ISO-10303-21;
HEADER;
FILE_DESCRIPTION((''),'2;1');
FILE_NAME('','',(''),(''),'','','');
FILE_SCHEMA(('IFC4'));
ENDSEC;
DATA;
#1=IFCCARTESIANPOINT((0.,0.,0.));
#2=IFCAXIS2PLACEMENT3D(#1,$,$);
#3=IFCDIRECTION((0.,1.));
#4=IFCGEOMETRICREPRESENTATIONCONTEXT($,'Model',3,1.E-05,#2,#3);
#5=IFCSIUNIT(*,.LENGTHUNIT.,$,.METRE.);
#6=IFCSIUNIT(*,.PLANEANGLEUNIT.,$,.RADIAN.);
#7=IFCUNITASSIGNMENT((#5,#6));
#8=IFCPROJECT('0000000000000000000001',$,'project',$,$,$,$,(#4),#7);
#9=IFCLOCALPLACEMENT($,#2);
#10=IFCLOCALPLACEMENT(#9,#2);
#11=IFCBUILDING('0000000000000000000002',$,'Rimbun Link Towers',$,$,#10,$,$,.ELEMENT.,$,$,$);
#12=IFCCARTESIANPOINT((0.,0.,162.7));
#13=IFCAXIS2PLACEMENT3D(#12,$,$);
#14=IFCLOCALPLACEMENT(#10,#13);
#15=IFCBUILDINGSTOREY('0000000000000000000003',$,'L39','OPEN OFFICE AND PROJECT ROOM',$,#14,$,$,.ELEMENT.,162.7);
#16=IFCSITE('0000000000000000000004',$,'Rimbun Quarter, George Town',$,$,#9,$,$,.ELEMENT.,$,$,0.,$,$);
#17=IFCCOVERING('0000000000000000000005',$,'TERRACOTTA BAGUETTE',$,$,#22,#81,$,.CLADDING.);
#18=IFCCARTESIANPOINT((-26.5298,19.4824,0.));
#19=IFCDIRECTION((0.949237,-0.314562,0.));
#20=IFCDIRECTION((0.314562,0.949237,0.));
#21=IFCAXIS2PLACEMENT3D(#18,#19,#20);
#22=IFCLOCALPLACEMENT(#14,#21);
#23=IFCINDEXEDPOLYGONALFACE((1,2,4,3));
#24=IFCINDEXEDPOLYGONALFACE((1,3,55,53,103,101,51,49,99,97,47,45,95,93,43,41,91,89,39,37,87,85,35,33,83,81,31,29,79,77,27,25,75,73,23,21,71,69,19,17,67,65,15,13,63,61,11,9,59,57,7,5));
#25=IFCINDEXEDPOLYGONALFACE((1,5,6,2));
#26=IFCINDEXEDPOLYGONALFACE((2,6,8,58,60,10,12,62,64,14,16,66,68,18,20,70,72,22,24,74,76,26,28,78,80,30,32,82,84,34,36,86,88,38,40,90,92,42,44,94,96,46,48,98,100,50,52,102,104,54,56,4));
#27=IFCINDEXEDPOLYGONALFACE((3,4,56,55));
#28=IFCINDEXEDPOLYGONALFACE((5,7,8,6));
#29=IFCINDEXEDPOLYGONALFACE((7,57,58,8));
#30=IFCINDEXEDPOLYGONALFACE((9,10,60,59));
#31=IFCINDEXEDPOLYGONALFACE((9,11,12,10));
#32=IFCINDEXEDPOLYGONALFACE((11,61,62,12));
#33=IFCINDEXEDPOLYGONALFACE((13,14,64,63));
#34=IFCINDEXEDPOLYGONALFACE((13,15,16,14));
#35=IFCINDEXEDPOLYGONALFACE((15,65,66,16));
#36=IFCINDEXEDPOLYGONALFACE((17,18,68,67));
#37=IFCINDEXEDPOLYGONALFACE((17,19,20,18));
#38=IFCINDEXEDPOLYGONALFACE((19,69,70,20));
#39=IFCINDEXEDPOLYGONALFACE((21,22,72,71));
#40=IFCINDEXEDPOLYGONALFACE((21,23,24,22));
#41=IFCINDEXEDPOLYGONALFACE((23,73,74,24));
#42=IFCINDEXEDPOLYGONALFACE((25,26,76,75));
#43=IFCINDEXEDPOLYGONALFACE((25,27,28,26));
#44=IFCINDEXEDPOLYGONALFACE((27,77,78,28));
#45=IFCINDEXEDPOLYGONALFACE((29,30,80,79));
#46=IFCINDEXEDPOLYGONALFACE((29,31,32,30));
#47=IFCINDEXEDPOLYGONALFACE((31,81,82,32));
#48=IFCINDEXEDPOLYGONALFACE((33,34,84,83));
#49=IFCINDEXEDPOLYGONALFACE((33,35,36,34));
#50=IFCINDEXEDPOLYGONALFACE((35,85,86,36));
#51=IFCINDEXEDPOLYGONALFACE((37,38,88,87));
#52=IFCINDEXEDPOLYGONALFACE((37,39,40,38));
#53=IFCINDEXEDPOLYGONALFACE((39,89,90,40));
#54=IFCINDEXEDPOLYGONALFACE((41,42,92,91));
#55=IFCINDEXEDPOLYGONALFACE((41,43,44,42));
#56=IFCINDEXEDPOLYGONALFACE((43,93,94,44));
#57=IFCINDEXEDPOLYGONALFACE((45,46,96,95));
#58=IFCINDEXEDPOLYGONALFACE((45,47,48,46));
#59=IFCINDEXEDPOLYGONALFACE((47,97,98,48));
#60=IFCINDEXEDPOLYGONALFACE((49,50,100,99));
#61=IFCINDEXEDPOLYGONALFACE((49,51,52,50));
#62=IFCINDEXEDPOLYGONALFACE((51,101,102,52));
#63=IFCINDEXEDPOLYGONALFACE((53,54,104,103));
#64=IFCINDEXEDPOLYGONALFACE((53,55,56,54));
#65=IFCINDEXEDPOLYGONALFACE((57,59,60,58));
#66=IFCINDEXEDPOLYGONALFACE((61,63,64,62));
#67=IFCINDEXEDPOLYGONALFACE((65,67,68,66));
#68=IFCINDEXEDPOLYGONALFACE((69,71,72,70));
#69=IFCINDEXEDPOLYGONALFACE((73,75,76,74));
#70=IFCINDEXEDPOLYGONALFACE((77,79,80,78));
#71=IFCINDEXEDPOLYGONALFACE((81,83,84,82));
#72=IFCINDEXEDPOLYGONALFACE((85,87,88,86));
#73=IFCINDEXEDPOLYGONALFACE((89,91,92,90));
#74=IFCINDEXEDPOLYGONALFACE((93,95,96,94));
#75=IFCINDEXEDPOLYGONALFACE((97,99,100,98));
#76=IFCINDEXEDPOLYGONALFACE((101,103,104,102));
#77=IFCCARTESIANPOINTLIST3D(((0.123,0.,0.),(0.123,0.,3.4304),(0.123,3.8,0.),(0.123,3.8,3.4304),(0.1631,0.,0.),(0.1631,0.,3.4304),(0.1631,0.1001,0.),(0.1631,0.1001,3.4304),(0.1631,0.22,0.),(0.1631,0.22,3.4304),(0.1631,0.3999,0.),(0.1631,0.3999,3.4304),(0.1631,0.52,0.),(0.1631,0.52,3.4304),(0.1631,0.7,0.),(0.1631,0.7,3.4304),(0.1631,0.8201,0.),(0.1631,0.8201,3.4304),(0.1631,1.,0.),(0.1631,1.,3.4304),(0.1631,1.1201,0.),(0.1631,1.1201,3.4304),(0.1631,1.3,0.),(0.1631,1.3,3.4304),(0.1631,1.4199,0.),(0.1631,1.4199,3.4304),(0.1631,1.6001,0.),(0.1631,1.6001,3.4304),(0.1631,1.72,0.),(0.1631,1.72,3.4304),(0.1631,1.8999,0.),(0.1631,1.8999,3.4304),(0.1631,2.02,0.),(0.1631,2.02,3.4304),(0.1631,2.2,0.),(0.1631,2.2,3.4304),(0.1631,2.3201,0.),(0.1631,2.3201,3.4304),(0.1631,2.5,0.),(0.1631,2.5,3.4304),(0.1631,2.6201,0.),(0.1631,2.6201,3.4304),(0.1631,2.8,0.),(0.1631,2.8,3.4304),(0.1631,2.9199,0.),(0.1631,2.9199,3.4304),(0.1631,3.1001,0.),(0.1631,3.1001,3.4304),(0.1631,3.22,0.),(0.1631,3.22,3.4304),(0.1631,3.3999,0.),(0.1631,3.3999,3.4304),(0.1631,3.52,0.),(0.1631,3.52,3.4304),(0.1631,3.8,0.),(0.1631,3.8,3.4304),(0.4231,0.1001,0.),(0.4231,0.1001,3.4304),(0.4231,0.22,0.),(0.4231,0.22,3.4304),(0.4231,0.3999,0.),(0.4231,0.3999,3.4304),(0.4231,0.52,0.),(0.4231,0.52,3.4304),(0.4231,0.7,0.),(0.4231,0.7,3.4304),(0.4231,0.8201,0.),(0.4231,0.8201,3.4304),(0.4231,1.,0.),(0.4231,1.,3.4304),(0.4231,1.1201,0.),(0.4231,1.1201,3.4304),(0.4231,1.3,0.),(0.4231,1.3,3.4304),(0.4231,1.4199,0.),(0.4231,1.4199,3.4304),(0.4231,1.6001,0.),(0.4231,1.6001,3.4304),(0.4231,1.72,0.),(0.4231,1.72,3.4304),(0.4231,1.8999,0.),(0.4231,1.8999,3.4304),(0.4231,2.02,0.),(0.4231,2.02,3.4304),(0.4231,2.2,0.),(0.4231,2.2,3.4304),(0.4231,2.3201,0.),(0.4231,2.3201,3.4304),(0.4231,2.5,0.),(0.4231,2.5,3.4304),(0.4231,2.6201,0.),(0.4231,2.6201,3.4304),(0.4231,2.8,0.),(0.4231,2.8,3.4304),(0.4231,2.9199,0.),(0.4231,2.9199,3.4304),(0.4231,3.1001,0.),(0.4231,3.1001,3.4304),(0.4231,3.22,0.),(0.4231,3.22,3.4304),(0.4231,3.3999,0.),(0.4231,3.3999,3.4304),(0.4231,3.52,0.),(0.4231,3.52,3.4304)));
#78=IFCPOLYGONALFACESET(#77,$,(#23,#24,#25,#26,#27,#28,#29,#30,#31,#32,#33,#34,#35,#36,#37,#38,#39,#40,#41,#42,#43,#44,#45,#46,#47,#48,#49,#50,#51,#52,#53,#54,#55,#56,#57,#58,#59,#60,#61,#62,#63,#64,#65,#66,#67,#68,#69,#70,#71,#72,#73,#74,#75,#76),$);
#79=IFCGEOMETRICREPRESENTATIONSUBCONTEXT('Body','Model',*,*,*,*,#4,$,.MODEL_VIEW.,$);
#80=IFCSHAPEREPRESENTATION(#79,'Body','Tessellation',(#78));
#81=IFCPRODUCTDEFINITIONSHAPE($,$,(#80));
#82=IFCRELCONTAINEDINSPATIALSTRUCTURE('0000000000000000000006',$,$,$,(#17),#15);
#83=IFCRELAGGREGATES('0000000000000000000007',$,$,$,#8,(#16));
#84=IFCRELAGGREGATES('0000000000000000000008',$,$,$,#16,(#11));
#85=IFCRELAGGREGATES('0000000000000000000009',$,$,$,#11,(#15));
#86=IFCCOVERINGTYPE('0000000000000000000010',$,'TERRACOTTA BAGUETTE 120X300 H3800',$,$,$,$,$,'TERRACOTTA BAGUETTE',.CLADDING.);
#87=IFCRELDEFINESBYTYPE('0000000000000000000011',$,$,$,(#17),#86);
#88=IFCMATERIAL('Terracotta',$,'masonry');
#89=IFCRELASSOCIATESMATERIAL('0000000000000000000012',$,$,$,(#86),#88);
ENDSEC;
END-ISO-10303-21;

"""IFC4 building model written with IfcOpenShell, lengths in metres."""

from ifc_helpers import new_model, si_unit, direction, frame, origin, place, context, subcontext, project, spatial, polyline, outline, extrude, material, material_profile, profile_set, type_object, element, save


model = new_model("IFC4")

# Units and contexts
model_context = context("Model", 3, precision=1e-05, world=origin(), true_north=direction((0.0, 1.0)))
body_context = subcontext(model_context, "Body", "Model", "MODEL_VIEW")
ifc_project = project(units=[si_unit("LENGTHUNIT", "METRE"), si_unit("PLANEANGLEUNIT", "RADIAN")], contexts=[model_context])

# Site, building, storey
site_placement = place(None, origin())
site = spatial("IfcSite", under=ifc_project, at=site_placement, Name="Rimbun Quarter, George Town", CompositionType="ELEMENT", RefElevation=0.0)
building_placement = place(site_placement, origin())
building = spatial("IfcBuilding", under=site, at=building_placement, Name="Rimbun Link Towers", CompositionType="ELEMENT")
storey_placement = place(building_placement, frame((0.0, 0.0, 162.7)))
storey = spatial("IfcBuildingStorey", under=building, at=storey_placement, Name="L39", Description="OPEN OFFICE AND PROJECT ROOM", CompositionType="ELEMENT", Elevation=162.7)

# Covering
ifc_material_1 = material(Name="Terracotta", Category="masonry")
ifc_material_profile_1 = material_profile(ifc_material_1, outline(polyline([(0.123, 0.0), (0.1631, 0.0), (0.1631, 0.1001), (0.4231, 0.1001), (0.4231, 0.22), (0.1631, 0.22), (0.1631, 0.3999), (0.4231, 0.3999), (0.4231, 0.52), (0.1631, 0.52), (0.1631, 0.7), (0.4231, 0.7), (0.4231, 0.8201), (0.1631, 0.8201), (0.1631, 1.0), (0.4231, 1.0), (0.4231, 1.1201), (0.1631, 1.1201), (0.1631, 1.3), (0.4231, 1.3), (0.4231, 1.4199), (0.1631, 1.4199), (0.1631, 1.6001), (0.4231, 1.6001), (0.4231, 1.72), (0.1631, 1.72), (0.1631, 1.8999), (0.4231, 1.8999), (0.4231, 2.02), (0.1631, 2.02), (0.1631, 2.2), (0.4231, 2.2), (0.4231, 2.3201), (0.1631, 2.3201), (0.1631, 2.5), (0.4231, 2.5), (0.4231, 2.6201), (0.1631, 2.6201), (0.1631, 2.8), (0.4231, 2.8), (0.4231, 2.9199), (0.1631, 2.9199), (0.1631, 3.1001), (0.4231, 3.1001), (0.4231, 3.22), (0.1631, 3.22), (0.1631, 3.3999), (0.4231, 3.3999), (0.4231, 3.52), (0.1631, 3.52), (0.1631, 3.8), (0.123, 3.8), (0.123, 0.0)])), Name="BAGUETTE 120X300")
ifc_profile_set_1 = profile_set([ifc_material_profile_1], Name="Terracotta")
covering_type = type_object("IfcCoveringType", Name="TERRACOTTA BAGUETTE 120X300 H3800", ElementType="TERRACOTTA BAGUETTE", PredefinedType="CLADDING", material=ifc_profile_set_1)
covering_1_placement = place(storey_placement, frame((-26.5298, 19.4824, 0.0), z_axis=(0.949237, -0.314562, 0.0), x_axis=(0.314562, 0.949237, 0.0)))
element("IfcCovering", 1, at=covering_1_placement, inside=storey, type_object=covering_type, Name="TERRACOTTA BAGUETTE", PredefinedType="CLADDING", context=body_context, shape_type="SweptSolid", body=[
    extrude(outline(polyline([(0.123, 0.0), (0.1631, 0.0), (0.1631, 0.1001), (0.4231, 0.1001), (0.4231, 0.22), (0.1631, 0.22), (0.1631, 0.3999), (0.4231, 0.3999), (0.4231, 0.52), (0.1631, 0.52), (0.1631, 0.7), (0.4231, 0.7), (0.4231, 0.8201), (0.1631, 0.8201), (0.1631, 1.0), (0.4231, 1.0), (0.4231, 1.1201), (0.1631, 1.1201), (0.1631, 1.3), (0.4231, 1.3), (0.4231, 1.4199), (0.1631, 1.4199), (0.1631, 1.6001), (0.4231, 1.6001), (0.4231, 1.72), (0.1631, 1.72), (0.1631, 1.8999), (0.4231, 1.8999), (0.4231, 2.02), (0.1631, 2.02), (0.1631, 2.2), (0.4231, 2.2), (0.4231, 2.3201), (0.1631, 2.3201), (0.1631, 2.5), (0.4231, 2.5), (0.4231, 2.6201), (0.1631, 2.6201), (0.1631, 2.8), (0.4231, 2.8), (0.4231, 2.9199), (0.1631, 2.9199), (0.1631, 3.1001), (0.4231, 3.1001), (0.4231, 3.22), (0.1631, 3.22), (0.1631, 3.3999), (0.4231, 3.3999), (0.4231, 3.52), (0.1631, 3.52), (0.1631, 3.8), (0.123, 3.8), (0.123, 0.0)])), origin(), (0.0, 0.0, 1.0), 3.4304),
])

save(model, "model.ifc")
